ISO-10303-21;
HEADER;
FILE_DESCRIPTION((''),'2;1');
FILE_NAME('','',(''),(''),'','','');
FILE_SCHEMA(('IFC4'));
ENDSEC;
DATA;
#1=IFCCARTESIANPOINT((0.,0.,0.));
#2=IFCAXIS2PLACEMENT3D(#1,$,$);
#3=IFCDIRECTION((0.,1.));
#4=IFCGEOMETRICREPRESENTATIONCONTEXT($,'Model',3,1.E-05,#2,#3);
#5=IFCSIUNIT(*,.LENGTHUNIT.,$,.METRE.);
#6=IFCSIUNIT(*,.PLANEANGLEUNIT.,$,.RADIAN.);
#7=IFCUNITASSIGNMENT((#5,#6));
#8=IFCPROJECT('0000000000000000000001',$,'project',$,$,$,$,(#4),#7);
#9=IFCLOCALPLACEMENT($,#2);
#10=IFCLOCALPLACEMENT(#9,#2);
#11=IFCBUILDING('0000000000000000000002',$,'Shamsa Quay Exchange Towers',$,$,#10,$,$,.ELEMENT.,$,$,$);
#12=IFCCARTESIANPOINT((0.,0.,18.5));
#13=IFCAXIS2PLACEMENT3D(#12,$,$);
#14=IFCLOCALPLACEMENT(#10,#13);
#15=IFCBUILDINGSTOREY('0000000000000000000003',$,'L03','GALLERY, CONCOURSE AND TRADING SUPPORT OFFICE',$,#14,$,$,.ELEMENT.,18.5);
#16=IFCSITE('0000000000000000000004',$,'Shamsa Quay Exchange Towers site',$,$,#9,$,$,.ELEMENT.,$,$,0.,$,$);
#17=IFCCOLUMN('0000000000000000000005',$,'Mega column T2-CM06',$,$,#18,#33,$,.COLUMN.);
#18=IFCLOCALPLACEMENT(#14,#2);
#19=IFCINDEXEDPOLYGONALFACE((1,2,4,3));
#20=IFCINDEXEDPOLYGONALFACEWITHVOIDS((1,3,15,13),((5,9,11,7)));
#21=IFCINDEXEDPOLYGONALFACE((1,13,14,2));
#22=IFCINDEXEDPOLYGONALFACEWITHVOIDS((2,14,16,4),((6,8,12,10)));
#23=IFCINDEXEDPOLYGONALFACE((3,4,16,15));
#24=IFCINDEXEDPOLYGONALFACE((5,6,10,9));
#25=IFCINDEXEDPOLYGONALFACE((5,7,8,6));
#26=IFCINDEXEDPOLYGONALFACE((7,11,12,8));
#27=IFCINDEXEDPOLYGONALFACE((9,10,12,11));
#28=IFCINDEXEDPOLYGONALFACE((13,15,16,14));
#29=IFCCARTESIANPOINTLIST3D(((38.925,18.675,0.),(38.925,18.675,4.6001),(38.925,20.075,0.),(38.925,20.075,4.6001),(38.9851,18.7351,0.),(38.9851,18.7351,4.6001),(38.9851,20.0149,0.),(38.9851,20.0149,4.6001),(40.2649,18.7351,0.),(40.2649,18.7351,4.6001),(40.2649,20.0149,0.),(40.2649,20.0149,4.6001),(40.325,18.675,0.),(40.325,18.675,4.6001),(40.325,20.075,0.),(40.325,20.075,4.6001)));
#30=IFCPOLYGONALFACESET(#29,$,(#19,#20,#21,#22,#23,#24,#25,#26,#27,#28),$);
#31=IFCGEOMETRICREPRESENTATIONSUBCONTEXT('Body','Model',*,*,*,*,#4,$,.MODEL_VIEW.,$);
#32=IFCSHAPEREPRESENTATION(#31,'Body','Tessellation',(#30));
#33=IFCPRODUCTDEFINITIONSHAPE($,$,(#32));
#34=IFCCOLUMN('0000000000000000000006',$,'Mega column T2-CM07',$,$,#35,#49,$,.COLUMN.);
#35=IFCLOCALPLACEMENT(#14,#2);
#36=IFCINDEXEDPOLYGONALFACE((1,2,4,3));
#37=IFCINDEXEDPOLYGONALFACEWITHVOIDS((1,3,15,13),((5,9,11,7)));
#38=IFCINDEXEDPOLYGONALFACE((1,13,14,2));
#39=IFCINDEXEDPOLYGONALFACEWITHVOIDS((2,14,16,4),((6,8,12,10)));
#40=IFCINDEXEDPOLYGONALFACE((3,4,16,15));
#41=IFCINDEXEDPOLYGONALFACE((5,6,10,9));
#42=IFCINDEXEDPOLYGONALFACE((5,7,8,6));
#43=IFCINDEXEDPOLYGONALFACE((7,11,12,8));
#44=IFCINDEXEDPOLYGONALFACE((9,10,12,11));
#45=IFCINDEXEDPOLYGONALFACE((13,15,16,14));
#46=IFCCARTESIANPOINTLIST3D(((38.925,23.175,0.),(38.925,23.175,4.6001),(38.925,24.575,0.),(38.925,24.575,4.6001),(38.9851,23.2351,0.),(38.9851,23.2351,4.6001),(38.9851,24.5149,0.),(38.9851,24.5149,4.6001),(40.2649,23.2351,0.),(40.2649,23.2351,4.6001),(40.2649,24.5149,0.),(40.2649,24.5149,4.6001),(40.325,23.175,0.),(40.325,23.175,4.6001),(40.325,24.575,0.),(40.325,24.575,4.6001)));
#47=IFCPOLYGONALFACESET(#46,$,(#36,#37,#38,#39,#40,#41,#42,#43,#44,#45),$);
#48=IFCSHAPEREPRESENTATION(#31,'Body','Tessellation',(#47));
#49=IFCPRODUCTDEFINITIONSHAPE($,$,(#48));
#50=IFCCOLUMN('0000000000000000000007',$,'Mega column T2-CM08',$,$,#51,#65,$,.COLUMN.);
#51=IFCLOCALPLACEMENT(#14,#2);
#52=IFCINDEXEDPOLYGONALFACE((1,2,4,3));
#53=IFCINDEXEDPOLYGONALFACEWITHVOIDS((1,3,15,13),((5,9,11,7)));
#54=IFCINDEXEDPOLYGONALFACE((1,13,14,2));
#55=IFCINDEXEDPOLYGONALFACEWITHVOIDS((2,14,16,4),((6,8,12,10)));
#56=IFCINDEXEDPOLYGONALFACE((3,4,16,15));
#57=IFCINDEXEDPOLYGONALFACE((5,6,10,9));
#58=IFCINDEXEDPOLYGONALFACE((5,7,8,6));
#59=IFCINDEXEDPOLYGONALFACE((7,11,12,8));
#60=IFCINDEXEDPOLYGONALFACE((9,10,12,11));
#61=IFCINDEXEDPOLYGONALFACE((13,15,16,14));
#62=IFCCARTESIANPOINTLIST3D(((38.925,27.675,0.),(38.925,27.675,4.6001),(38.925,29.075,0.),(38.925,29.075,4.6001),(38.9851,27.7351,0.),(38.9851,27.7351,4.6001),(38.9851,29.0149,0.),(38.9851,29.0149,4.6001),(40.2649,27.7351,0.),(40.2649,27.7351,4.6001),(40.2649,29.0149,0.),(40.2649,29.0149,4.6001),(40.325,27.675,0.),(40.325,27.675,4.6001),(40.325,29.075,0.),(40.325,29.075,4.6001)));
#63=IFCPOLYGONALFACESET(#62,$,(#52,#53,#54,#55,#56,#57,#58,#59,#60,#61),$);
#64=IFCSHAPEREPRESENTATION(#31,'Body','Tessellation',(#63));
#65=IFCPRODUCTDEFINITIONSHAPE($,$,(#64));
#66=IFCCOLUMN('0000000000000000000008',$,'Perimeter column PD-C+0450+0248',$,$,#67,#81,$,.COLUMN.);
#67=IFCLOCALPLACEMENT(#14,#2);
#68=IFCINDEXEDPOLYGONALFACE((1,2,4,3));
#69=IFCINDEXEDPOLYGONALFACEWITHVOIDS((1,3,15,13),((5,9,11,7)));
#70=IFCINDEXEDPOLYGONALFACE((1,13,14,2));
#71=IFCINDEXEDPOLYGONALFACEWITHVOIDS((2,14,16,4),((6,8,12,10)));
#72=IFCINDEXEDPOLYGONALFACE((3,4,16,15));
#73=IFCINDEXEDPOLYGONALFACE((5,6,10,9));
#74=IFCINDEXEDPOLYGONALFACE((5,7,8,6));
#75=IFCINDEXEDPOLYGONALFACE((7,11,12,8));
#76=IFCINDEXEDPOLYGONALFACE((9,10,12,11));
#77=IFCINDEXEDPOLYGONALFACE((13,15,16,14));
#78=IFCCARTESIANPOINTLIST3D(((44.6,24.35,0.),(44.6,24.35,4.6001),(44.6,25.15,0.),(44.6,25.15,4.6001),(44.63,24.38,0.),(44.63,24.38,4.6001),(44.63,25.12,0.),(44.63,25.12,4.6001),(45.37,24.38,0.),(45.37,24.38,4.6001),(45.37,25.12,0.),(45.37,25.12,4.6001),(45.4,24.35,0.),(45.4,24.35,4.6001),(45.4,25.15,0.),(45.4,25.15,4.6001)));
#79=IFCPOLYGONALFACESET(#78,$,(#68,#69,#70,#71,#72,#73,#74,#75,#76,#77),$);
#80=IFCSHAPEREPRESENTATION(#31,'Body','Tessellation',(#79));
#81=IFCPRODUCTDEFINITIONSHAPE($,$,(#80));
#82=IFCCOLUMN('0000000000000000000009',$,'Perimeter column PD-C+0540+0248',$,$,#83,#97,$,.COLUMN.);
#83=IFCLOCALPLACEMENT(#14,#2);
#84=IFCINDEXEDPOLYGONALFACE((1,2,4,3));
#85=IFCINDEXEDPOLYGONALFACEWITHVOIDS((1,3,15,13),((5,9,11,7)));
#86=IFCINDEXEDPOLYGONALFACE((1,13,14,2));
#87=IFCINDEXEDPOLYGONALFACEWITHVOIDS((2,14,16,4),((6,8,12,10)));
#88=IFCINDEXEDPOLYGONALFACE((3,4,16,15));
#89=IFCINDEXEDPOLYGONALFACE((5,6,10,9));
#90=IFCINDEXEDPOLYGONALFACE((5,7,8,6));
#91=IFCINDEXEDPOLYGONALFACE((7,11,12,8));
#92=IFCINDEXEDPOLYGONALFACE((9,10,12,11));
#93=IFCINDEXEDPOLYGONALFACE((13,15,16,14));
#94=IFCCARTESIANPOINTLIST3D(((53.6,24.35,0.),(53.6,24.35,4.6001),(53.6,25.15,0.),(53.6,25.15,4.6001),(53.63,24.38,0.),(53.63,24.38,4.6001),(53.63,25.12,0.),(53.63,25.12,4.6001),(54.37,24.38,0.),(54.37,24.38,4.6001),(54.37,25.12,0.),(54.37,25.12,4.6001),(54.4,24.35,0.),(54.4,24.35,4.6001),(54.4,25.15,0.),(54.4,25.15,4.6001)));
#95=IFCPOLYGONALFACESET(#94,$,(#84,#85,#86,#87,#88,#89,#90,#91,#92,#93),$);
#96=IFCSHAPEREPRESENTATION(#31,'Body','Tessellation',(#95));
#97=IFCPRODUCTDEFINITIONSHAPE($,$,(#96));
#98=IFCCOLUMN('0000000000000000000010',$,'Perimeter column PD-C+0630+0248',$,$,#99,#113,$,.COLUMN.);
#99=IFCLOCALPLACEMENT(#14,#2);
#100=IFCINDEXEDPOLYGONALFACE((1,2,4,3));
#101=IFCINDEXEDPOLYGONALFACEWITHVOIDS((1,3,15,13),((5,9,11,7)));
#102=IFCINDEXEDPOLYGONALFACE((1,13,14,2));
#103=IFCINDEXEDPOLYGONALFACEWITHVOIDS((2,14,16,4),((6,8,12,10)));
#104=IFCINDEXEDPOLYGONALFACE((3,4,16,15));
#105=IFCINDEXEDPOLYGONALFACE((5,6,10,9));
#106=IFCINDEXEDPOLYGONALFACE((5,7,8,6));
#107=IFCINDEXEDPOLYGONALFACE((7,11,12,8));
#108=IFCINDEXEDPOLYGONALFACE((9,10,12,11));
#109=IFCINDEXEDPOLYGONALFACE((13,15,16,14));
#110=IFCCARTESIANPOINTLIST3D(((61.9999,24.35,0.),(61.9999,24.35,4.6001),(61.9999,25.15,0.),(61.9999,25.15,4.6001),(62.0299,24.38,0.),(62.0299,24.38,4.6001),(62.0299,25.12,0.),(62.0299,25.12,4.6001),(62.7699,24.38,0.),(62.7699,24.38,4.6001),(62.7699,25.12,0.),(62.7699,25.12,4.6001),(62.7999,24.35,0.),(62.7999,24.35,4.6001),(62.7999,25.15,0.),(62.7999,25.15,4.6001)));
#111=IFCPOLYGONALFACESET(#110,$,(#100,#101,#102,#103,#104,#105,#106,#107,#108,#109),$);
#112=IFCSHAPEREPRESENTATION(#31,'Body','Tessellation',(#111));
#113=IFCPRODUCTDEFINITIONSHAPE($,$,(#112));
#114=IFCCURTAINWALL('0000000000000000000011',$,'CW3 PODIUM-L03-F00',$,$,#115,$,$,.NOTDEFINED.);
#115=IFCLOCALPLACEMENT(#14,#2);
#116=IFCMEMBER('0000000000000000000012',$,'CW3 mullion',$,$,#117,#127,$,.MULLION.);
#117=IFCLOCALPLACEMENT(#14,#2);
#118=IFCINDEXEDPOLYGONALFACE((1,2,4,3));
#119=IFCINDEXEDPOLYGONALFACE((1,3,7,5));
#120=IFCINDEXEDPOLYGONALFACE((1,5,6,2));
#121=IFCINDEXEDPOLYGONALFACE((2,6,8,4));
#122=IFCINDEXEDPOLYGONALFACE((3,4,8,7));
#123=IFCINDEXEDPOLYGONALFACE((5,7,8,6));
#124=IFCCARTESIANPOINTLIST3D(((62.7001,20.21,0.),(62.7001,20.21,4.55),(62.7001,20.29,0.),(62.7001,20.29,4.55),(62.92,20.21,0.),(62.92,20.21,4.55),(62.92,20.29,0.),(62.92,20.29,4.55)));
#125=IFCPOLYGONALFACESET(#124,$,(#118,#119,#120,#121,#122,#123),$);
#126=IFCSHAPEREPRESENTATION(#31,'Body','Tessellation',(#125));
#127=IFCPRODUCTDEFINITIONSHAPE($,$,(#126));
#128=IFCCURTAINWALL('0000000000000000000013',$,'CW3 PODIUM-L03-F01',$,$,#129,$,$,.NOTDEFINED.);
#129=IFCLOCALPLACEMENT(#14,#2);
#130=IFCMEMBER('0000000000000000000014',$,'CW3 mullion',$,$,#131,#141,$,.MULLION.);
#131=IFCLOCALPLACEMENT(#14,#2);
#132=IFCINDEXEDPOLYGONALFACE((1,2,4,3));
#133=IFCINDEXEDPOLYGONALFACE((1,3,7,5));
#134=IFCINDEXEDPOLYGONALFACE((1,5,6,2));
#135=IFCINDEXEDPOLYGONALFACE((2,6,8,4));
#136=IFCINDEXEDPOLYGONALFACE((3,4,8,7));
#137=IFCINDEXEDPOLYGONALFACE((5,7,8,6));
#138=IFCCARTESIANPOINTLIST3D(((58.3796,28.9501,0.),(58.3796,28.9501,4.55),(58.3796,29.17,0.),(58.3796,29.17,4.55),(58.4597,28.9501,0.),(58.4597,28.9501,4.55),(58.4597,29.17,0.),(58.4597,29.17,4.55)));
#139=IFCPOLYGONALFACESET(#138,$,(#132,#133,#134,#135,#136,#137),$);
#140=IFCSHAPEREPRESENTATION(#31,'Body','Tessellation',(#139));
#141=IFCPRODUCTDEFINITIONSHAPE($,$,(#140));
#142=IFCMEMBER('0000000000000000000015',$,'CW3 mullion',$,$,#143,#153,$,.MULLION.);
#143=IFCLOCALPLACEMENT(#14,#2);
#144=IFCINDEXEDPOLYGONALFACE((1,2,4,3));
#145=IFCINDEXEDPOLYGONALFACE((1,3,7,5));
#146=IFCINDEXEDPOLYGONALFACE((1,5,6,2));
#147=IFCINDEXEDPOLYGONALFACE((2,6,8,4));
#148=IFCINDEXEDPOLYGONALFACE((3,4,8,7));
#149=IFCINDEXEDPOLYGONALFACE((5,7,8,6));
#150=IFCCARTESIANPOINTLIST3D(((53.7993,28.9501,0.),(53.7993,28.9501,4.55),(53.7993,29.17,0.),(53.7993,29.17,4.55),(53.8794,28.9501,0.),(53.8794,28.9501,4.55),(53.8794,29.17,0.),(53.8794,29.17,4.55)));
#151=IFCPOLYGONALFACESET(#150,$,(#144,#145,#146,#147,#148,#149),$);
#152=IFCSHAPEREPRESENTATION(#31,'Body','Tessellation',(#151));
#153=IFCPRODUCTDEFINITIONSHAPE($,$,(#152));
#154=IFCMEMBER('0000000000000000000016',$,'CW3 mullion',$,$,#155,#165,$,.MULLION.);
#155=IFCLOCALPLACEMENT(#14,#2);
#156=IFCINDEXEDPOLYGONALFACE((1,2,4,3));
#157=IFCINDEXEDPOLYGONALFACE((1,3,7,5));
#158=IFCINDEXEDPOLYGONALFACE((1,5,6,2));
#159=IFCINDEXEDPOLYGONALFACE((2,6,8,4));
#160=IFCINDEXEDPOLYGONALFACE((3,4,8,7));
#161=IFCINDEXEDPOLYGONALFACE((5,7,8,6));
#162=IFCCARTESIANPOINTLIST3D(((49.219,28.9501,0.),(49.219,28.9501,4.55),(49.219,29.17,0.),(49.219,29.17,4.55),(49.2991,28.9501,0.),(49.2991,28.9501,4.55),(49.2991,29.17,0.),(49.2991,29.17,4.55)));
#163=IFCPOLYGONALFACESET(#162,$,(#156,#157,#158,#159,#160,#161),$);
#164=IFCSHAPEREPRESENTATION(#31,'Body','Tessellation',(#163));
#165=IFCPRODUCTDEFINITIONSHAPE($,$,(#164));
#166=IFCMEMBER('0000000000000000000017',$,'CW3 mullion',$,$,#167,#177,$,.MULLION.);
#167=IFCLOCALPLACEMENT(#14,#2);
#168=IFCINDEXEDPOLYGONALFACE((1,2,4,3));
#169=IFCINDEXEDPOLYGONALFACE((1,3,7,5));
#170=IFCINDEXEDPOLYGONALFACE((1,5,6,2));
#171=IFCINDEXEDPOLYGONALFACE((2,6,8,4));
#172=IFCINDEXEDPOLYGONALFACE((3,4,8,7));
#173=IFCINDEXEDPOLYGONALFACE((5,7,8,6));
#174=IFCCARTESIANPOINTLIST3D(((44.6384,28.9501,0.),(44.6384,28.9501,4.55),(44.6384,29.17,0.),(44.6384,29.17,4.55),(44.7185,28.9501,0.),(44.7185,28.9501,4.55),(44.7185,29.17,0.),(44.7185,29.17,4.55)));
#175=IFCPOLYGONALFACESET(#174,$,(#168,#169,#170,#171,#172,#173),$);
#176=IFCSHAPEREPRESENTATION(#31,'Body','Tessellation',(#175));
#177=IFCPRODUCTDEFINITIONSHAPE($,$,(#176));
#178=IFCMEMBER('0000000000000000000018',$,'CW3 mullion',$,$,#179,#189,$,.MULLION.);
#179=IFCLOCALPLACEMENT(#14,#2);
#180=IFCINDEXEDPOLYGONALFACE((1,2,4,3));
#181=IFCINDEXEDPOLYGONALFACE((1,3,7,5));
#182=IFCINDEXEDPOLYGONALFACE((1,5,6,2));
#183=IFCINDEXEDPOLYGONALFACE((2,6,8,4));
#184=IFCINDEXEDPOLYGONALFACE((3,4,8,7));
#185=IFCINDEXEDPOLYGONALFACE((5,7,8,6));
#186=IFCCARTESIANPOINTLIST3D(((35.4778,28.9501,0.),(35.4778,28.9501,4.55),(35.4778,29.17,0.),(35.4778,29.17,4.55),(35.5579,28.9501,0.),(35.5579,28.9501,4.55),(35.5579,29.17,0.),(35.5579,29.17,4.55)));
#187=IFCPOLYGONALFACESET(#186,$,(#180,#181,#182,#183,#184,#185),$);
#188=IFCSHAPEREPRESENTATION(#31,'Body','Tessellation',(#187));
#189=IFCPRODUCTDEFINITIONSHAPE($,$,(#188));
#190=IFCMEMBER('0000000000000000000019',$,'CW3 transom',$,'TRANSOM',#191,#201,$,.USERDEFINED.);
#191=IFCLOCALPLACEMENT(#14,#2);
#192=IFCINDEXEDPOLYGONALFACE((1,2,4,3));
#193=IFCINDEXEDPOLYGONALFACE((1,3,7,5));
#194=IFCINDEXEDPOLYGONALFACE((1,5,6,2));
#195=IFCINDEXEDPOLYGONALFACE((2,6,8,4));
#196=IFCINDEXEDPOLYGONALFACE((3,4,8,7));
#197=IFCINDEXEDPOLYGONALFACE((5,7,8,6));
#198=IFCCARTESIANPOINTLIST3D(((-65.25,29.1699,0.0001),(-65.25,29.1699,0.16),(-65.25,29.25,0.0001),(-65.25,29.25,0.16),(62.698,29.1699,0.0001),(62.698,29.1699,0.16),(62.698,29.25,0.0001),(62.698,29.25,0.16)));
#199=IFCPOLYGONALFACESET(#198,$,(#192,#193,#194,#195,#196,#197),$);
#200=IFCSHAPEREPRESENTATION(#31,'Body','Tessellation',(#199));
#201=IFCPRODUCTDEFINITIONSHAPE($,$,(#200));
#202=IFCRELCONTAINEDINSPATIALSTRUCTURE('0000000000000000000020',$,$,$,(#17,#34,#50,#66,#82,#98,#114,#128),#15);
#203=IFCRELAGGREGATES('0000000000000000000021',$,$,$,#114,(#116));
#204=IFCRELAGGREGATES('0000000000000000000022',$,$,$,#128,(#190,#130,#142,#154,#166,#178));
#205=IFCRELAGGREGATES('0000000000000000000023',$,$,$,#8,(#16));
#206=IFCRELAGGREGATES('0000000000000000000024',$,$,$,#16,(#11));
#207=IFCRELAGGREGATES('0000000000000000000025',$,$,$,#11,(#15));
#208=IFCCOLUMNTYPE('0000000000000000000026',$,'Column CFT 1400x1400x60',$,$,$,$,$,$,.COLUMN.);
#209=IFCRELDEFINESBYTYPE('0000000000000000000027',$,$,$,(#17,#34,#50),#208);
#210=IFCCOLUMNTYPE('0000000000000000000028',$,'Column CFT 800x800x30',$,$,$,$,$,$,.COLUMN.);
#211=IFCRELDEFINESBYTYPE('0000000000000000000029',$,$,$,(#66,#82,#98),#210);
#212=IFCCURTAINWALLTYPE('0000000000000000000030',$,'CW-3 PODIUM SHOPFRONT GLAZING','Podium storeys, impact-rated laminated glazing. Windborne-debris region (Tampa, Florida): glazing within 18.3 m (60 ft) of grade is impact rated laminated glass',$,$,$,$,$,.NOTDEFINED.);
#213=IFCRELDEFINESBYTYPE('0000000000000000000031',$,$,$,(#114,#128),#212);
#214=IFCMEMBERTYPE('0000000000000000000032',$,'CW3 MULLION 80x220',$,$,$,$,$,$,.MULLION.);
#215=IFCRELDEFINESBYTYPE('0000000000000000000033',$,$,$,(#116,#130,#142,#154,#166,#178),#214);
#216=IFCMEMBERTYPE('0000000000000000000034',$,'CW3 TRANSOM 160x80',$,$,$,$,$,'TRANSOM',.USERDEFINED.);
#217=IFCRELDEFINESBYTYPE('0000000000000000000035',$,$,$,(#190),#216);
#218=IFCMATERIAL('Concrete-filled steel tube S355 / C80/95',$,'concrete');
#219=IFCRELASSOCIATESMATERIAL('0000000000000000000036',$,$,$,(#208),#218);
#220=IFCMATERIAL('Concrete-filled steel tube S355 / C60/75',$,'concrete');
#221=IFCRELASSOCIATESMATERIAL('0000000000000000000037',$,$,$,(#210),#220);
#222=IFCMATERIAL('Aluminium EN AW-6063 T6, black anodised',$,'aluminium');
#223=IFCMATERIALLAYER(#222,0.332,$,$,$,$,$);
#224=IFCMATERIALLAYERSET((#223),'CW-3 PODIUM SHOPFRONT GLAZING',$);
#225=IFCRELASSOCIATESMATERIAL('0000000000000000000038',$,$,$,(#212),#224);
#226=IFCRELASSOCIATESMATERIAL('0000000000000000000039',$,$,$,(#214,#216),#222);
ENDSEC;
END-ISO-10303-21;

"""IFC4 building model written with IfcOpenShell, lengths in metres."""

from ifc_helpers import new_model, si_unit, direction, frame, origin, origin_2d, place, context, subcontext, project, spatial, rectangle, hollow_rectangle, extrude, material, layer, layer_set, material_profile, profile_set, type_object, element, aggregate, save


model = new_model("IFC4")

# Units and contexts
model_context = context("Model", 3, precision=1e-05, world=origin(), true_north=direction((0.0, 1.0)))
body_context = subcontext(model_context, "Body", "Model", "MODEL_VIEW")
ifc_project = project(units=[si_unit("LENGTHUNIT", "METRE"), si_unit("PLANEANGLEUNIT", "RADIAN")], contexts=[model_context])

# Site, building, storey
site_placement = place(None, origin())
site = spatial("IfcSite", under=ifc_project, at=site_placement, Name="Shamsa Quay Exchange Towers site", CompositionType="ELEMENT", RefElevation=0.0)
building_placement = place(site_placement, origin())
building = spatial("IfcBuilding", under=site, at=building_placement, Name="Shamsa Quay Exchange Towers", CompositionType="ELEMENT")
storey_placement = place(building_placement, frame((0.0, 0.0, 18.5)))
storey = spatial("IfcBuildingStorey", under=building, at=storey_placement, Name="L03", Description="GALLERY, CONCOURSE AND TRADING SUPPORT OFFICE", CompositionType="ELEMENT", Elevation=18.5)

# Columns
ifc_material_1 = material(Name="Concrete-filled steel tube S355 / C80/95", Category="concrete")
ifc_material_profile_1 = material_profile(ifc_material_1, hollow_rectangle(XDim=1.3999, YDim=1.3999, WallThickness=0.0601, at=origin_2d()), Name="CFT 1400x1400x60")
ifc_profile_set_1 = profile_set([ifc_material_profile_1], Name="Concrete-filled steel tube S355 / C80/95")
column_type_1 = type_object("IfcColumnType", Name="Column CFT 1400x1400x60", PredefinedType="COLUMN", material=ifc_profile_set_1)
for number, where, name in (
    (1, (39.625, 19.375, 0.0), "Mega column T2-CM06"),
    (2, (39.625, 23.875, 0.0), "Mega column T2-CM07"),
    (3, (39.625, 28.375, 0.0), "Mega column T2-CM08"),
):
    element("IfcColumn", number, at=place(storey_placement, frame(where)), inside=storey, type_object=column_type_1, Name=name, PredefinedType="COLUMN", context=body_context, shape_type="SweptSolid", body=[
        extrude(hollow_rectangle(XDim=1.3999, YDim=1.3999, WallThickness=0.0601, at=origin_2d()), origin(), (0.0, 0.0, 1.0), 4.6001),
    ])
ifc_material_2 = material(Name="Concrete-filled steel tube S355 / C60/75", Category="concrete")
ifc_material_profile_2 = material_profile(ifc_material_2, hollow_rectangle(XDim=0.8, YDim=0.8, WallThickness=0.03, at=origin_2d()), Name="CFT 800x800x30")
ifc_profile_set_2 = profile_set([ifc_material_profile_2], Name="Concrete-filled steel tube S355 / C60/75")
column_type_2 = type_object("IfcColumnType", Name="Column CFT 800x800x30", PredefinedType="COLUMN", material=ifc_profile_set_2)
for number, where, name in (
    (4, (45.0, 24.75, 0.0), "Perimeter column PD-C+0450+0248"),
    (5, (54.0, 24.75, 0.0), "Perimeter column PD-C+0540+0248"),
    (6, (62.3999, 24.75, 0.0), "Perimeter column PD-C+0630+0248"),
):
    element("IfcColumn", number, at=place(storey_placement, frame(where)), inside=storey, type_object=column_type_2, Name=name, PredefinedType="COLUMN", context=body_context, shape_type="SweptSolid", body=[
        extrude(hollow_rectangle(XDim=0.8, YDim=0.8, WallThickness=0.03, at=origin_2d()), origin(), (0.0, 0.0, 1.0), 4.6001),
    ])

# Curtain wall, member
ifc_material_3 = material(Name="Aluminium EN AW-6063 T6, black anodised", Category="aluminium")
ifc_layer_1 = layer(ifc_material_3, 0.332)
ifc_layer_set_1 = layer_set([ifc_layer_1], Name="CW-3 PODIUM SHOPFRONT GLAZING")
curtain_wall_type = type_object("IfcCurtainWallType", Name="CW-3 PODIUM SHOPFRONT GLAZING", Description="Podium storeys, impact-rated laminated glazing. Windborne-debris region (Tampa, Florida): glazing within 18.3 m (60 ft) of grade is impact rated laminated glass", PredefinedType="NOTDEFINED", material=ifc_layer_set_1)
curtain_wall_1_placement = place(storey_placement, origin())
curtain_wall_1 = element("IfcCurtainWall", 7, at=curtain_wall_1_placement, inside=storey, type_object=curtain_wall_type, Name="CW3 PODIUM-L03-F00", PredefinedType="NOTDEFINED")
ifc_material_profile_3 = material_profile(ifc_material_3, rectangle(XDim=0.22, YDim=0.0801, at=origin_2d()), Name="MU80x220")
ifc_profile_set_3 = profile_set([ifc_material_profile_3], Name="Aluminium EN AW-6063 T6, black anodised")
member_type_1 = type_object("IfcMemberType", Name="CW3 MULLION 80x220", PredefinedType="MULLION", material=ifc_profile_set_3)
member_1_placement = place(storey_placement, frame((62.8101, 20.25, 0.0), z_axis=(0.0, 0.0, 1.0), x_axis=(-1.0, 0.0, 0.0)))
member_1 = element("IfcMember", 8, at=member_1_placement, type_object=member_type_1, Name="CW3 mullion", PredefinedType="MULLION", context=body_context, shape_type="SweptSolid", body=[
    extrude(rectangle(XDim=0.22, YDim=0.0801, at=origin_2d()), origin(), (0.0, 0.0, 1.0), 4.55),
])

# Curtain wall, members
curtain_wall_2_placement = place(storey_placement, origin())
curtain_wall_2 = element("IfcCurtainWall", 9, at=curtain_wall_2_placement, inside=storey, type_object=curtain_wall_type, Name="CW3 PODIUM-L03-F01", PredefinedType="NOTDEFINED")
member_2_placement = place(storey_placement, frame((58.4197, 29.0601, 0.0), z_axis=(0.0, 0.0, 1.0), x_axis=(0.0, -1.0, 0.0)))
member_2 = element("IfcMember", 10, at=member_2_placement, type_object=member_type_1, Name="CW3 mullion", PredefinedType="MULLION", context=body_context, shape_type="SweptSolid", body=[
    extrude(rectangle(XDim=0.22, YDim=0.0801, at=origin_2d()), origin(), (0.0, 0.0, 1.0), 4.55),
])
member_3_placement = place(storey_placement, frame((53.8394, 29.0601, 0.0), z_axis=(0.0, 0.0, 1.0), x_axis=(0.0, -1.0, 0.0)))
member_3 = element("IfcMember", 11, at=member_3_placement, type_object=member_type_1, Name="CW3 mullion", PredefinedType="MULLION", context=body_context, shape_type="SweptSolid", body=[
    extrude(rectangle(XDim=0.22, YDim=0.0801, at=origin_2d()), origin(), (0.0, 0.0, 1.0), 4.55),
])
member_4_placement = place(storey_placement, frame((49.259, 29.0601, 0.0), z_axis=(0.0, 0.0, 1.0), x_axis=(0.0, -1.0, 0.0)))
member_4 = element("IfcMember", 12, at=member_4_placement, type_object=member_type_1, Name="CW3 mullion", PredefinedType="MULLION", context=body_context, shape_type="SweptSolid", body=[
    extrude(rectangle(XDim=0.22, YDim=0.0801, at=origin_2d()), origin(), (0.0, 0.0, 1.0), 4.55),
])
member_5_placement = place(storey_placement, frame((44.6785, 29.0601, 0.0), z_axis=(0.0, 0.0, 1.0), x_axis=(0.0, -1.0, 0.0)))
member_5 = element("IfcMember", 13, at=member_5_placement, type_object=member_type_1, Name="CW3 mullion", PredefinedType="MULLION", context=body_context, shape_type="SweptSolid", body=[
    extrude(rectangle(XDim=0.22, YDim=0.0801, at=origin_2d()), origin(), (0.0, 0.0, 1.0), 4.55),
])
member_6_placement = place(storey_placement, frame((35.5178, 29.0601, 0.0), z_axis=(0.0, 0.0, 1.0), x_axis=(0.0, -1.0, 0.0)))
member_6 = element("IfcMember", 14, at=member_6_placement, type_object=member_type_1, Name="CW3 mullion", PredefinedType="MULLION", context=body_context, shape_type="SweptSolid", body=[
    extrude(rectangle(XDim=0.22, YDim=0.0801, at=origin_2d()), origin(), (0.0, 0.0, 1.0), 4.55),
])
ifc_material_profile_4 = material_profile(ifc_material_3, rectangle(XDim=0.0801, YDim=0.1599, at=origin_2d()), Name="TR160x80")
ifc_profile_set_4 = profile_set([ifc_material_profile_4], Name="Aluminium EN AW-6063 T6, black anodised")
member_type_2 = type_object("IfcMemberType", Name="CW3 TRANSOM 160x80", ElementType="TRANSOM", PredefinedType="USERDEFINED", material=ifc_profile_set_4)
member_7_placement = place(storey_placement, frame((62.698, 29.21, 0.0801), z_axis=(-1.0, 0.0, 0.0), x_axis=(0.0, -1.0, 0.0)))
member_7 = element("IfcMember", 15, at=member_7_placement, type_object=member_type_2, Name="CW3 transom", ObjectType="TRANSOM", PredefinedType="USERDEFINED", context=body_context, shape_type="SweptSolid", body=[
    extrude(rectangle(XDim=0.0801, YDim=0.1599, at=origin_2d()), origin(), (0.0, 0.0, 1.0), 127.948),
])

aggregate(curtain_wall_1, [member_1])
aggregate(curtain_wall_2, [member_7, member_2, member_3, member_4, member_5, member_6])

save(model, "model.ifc")
